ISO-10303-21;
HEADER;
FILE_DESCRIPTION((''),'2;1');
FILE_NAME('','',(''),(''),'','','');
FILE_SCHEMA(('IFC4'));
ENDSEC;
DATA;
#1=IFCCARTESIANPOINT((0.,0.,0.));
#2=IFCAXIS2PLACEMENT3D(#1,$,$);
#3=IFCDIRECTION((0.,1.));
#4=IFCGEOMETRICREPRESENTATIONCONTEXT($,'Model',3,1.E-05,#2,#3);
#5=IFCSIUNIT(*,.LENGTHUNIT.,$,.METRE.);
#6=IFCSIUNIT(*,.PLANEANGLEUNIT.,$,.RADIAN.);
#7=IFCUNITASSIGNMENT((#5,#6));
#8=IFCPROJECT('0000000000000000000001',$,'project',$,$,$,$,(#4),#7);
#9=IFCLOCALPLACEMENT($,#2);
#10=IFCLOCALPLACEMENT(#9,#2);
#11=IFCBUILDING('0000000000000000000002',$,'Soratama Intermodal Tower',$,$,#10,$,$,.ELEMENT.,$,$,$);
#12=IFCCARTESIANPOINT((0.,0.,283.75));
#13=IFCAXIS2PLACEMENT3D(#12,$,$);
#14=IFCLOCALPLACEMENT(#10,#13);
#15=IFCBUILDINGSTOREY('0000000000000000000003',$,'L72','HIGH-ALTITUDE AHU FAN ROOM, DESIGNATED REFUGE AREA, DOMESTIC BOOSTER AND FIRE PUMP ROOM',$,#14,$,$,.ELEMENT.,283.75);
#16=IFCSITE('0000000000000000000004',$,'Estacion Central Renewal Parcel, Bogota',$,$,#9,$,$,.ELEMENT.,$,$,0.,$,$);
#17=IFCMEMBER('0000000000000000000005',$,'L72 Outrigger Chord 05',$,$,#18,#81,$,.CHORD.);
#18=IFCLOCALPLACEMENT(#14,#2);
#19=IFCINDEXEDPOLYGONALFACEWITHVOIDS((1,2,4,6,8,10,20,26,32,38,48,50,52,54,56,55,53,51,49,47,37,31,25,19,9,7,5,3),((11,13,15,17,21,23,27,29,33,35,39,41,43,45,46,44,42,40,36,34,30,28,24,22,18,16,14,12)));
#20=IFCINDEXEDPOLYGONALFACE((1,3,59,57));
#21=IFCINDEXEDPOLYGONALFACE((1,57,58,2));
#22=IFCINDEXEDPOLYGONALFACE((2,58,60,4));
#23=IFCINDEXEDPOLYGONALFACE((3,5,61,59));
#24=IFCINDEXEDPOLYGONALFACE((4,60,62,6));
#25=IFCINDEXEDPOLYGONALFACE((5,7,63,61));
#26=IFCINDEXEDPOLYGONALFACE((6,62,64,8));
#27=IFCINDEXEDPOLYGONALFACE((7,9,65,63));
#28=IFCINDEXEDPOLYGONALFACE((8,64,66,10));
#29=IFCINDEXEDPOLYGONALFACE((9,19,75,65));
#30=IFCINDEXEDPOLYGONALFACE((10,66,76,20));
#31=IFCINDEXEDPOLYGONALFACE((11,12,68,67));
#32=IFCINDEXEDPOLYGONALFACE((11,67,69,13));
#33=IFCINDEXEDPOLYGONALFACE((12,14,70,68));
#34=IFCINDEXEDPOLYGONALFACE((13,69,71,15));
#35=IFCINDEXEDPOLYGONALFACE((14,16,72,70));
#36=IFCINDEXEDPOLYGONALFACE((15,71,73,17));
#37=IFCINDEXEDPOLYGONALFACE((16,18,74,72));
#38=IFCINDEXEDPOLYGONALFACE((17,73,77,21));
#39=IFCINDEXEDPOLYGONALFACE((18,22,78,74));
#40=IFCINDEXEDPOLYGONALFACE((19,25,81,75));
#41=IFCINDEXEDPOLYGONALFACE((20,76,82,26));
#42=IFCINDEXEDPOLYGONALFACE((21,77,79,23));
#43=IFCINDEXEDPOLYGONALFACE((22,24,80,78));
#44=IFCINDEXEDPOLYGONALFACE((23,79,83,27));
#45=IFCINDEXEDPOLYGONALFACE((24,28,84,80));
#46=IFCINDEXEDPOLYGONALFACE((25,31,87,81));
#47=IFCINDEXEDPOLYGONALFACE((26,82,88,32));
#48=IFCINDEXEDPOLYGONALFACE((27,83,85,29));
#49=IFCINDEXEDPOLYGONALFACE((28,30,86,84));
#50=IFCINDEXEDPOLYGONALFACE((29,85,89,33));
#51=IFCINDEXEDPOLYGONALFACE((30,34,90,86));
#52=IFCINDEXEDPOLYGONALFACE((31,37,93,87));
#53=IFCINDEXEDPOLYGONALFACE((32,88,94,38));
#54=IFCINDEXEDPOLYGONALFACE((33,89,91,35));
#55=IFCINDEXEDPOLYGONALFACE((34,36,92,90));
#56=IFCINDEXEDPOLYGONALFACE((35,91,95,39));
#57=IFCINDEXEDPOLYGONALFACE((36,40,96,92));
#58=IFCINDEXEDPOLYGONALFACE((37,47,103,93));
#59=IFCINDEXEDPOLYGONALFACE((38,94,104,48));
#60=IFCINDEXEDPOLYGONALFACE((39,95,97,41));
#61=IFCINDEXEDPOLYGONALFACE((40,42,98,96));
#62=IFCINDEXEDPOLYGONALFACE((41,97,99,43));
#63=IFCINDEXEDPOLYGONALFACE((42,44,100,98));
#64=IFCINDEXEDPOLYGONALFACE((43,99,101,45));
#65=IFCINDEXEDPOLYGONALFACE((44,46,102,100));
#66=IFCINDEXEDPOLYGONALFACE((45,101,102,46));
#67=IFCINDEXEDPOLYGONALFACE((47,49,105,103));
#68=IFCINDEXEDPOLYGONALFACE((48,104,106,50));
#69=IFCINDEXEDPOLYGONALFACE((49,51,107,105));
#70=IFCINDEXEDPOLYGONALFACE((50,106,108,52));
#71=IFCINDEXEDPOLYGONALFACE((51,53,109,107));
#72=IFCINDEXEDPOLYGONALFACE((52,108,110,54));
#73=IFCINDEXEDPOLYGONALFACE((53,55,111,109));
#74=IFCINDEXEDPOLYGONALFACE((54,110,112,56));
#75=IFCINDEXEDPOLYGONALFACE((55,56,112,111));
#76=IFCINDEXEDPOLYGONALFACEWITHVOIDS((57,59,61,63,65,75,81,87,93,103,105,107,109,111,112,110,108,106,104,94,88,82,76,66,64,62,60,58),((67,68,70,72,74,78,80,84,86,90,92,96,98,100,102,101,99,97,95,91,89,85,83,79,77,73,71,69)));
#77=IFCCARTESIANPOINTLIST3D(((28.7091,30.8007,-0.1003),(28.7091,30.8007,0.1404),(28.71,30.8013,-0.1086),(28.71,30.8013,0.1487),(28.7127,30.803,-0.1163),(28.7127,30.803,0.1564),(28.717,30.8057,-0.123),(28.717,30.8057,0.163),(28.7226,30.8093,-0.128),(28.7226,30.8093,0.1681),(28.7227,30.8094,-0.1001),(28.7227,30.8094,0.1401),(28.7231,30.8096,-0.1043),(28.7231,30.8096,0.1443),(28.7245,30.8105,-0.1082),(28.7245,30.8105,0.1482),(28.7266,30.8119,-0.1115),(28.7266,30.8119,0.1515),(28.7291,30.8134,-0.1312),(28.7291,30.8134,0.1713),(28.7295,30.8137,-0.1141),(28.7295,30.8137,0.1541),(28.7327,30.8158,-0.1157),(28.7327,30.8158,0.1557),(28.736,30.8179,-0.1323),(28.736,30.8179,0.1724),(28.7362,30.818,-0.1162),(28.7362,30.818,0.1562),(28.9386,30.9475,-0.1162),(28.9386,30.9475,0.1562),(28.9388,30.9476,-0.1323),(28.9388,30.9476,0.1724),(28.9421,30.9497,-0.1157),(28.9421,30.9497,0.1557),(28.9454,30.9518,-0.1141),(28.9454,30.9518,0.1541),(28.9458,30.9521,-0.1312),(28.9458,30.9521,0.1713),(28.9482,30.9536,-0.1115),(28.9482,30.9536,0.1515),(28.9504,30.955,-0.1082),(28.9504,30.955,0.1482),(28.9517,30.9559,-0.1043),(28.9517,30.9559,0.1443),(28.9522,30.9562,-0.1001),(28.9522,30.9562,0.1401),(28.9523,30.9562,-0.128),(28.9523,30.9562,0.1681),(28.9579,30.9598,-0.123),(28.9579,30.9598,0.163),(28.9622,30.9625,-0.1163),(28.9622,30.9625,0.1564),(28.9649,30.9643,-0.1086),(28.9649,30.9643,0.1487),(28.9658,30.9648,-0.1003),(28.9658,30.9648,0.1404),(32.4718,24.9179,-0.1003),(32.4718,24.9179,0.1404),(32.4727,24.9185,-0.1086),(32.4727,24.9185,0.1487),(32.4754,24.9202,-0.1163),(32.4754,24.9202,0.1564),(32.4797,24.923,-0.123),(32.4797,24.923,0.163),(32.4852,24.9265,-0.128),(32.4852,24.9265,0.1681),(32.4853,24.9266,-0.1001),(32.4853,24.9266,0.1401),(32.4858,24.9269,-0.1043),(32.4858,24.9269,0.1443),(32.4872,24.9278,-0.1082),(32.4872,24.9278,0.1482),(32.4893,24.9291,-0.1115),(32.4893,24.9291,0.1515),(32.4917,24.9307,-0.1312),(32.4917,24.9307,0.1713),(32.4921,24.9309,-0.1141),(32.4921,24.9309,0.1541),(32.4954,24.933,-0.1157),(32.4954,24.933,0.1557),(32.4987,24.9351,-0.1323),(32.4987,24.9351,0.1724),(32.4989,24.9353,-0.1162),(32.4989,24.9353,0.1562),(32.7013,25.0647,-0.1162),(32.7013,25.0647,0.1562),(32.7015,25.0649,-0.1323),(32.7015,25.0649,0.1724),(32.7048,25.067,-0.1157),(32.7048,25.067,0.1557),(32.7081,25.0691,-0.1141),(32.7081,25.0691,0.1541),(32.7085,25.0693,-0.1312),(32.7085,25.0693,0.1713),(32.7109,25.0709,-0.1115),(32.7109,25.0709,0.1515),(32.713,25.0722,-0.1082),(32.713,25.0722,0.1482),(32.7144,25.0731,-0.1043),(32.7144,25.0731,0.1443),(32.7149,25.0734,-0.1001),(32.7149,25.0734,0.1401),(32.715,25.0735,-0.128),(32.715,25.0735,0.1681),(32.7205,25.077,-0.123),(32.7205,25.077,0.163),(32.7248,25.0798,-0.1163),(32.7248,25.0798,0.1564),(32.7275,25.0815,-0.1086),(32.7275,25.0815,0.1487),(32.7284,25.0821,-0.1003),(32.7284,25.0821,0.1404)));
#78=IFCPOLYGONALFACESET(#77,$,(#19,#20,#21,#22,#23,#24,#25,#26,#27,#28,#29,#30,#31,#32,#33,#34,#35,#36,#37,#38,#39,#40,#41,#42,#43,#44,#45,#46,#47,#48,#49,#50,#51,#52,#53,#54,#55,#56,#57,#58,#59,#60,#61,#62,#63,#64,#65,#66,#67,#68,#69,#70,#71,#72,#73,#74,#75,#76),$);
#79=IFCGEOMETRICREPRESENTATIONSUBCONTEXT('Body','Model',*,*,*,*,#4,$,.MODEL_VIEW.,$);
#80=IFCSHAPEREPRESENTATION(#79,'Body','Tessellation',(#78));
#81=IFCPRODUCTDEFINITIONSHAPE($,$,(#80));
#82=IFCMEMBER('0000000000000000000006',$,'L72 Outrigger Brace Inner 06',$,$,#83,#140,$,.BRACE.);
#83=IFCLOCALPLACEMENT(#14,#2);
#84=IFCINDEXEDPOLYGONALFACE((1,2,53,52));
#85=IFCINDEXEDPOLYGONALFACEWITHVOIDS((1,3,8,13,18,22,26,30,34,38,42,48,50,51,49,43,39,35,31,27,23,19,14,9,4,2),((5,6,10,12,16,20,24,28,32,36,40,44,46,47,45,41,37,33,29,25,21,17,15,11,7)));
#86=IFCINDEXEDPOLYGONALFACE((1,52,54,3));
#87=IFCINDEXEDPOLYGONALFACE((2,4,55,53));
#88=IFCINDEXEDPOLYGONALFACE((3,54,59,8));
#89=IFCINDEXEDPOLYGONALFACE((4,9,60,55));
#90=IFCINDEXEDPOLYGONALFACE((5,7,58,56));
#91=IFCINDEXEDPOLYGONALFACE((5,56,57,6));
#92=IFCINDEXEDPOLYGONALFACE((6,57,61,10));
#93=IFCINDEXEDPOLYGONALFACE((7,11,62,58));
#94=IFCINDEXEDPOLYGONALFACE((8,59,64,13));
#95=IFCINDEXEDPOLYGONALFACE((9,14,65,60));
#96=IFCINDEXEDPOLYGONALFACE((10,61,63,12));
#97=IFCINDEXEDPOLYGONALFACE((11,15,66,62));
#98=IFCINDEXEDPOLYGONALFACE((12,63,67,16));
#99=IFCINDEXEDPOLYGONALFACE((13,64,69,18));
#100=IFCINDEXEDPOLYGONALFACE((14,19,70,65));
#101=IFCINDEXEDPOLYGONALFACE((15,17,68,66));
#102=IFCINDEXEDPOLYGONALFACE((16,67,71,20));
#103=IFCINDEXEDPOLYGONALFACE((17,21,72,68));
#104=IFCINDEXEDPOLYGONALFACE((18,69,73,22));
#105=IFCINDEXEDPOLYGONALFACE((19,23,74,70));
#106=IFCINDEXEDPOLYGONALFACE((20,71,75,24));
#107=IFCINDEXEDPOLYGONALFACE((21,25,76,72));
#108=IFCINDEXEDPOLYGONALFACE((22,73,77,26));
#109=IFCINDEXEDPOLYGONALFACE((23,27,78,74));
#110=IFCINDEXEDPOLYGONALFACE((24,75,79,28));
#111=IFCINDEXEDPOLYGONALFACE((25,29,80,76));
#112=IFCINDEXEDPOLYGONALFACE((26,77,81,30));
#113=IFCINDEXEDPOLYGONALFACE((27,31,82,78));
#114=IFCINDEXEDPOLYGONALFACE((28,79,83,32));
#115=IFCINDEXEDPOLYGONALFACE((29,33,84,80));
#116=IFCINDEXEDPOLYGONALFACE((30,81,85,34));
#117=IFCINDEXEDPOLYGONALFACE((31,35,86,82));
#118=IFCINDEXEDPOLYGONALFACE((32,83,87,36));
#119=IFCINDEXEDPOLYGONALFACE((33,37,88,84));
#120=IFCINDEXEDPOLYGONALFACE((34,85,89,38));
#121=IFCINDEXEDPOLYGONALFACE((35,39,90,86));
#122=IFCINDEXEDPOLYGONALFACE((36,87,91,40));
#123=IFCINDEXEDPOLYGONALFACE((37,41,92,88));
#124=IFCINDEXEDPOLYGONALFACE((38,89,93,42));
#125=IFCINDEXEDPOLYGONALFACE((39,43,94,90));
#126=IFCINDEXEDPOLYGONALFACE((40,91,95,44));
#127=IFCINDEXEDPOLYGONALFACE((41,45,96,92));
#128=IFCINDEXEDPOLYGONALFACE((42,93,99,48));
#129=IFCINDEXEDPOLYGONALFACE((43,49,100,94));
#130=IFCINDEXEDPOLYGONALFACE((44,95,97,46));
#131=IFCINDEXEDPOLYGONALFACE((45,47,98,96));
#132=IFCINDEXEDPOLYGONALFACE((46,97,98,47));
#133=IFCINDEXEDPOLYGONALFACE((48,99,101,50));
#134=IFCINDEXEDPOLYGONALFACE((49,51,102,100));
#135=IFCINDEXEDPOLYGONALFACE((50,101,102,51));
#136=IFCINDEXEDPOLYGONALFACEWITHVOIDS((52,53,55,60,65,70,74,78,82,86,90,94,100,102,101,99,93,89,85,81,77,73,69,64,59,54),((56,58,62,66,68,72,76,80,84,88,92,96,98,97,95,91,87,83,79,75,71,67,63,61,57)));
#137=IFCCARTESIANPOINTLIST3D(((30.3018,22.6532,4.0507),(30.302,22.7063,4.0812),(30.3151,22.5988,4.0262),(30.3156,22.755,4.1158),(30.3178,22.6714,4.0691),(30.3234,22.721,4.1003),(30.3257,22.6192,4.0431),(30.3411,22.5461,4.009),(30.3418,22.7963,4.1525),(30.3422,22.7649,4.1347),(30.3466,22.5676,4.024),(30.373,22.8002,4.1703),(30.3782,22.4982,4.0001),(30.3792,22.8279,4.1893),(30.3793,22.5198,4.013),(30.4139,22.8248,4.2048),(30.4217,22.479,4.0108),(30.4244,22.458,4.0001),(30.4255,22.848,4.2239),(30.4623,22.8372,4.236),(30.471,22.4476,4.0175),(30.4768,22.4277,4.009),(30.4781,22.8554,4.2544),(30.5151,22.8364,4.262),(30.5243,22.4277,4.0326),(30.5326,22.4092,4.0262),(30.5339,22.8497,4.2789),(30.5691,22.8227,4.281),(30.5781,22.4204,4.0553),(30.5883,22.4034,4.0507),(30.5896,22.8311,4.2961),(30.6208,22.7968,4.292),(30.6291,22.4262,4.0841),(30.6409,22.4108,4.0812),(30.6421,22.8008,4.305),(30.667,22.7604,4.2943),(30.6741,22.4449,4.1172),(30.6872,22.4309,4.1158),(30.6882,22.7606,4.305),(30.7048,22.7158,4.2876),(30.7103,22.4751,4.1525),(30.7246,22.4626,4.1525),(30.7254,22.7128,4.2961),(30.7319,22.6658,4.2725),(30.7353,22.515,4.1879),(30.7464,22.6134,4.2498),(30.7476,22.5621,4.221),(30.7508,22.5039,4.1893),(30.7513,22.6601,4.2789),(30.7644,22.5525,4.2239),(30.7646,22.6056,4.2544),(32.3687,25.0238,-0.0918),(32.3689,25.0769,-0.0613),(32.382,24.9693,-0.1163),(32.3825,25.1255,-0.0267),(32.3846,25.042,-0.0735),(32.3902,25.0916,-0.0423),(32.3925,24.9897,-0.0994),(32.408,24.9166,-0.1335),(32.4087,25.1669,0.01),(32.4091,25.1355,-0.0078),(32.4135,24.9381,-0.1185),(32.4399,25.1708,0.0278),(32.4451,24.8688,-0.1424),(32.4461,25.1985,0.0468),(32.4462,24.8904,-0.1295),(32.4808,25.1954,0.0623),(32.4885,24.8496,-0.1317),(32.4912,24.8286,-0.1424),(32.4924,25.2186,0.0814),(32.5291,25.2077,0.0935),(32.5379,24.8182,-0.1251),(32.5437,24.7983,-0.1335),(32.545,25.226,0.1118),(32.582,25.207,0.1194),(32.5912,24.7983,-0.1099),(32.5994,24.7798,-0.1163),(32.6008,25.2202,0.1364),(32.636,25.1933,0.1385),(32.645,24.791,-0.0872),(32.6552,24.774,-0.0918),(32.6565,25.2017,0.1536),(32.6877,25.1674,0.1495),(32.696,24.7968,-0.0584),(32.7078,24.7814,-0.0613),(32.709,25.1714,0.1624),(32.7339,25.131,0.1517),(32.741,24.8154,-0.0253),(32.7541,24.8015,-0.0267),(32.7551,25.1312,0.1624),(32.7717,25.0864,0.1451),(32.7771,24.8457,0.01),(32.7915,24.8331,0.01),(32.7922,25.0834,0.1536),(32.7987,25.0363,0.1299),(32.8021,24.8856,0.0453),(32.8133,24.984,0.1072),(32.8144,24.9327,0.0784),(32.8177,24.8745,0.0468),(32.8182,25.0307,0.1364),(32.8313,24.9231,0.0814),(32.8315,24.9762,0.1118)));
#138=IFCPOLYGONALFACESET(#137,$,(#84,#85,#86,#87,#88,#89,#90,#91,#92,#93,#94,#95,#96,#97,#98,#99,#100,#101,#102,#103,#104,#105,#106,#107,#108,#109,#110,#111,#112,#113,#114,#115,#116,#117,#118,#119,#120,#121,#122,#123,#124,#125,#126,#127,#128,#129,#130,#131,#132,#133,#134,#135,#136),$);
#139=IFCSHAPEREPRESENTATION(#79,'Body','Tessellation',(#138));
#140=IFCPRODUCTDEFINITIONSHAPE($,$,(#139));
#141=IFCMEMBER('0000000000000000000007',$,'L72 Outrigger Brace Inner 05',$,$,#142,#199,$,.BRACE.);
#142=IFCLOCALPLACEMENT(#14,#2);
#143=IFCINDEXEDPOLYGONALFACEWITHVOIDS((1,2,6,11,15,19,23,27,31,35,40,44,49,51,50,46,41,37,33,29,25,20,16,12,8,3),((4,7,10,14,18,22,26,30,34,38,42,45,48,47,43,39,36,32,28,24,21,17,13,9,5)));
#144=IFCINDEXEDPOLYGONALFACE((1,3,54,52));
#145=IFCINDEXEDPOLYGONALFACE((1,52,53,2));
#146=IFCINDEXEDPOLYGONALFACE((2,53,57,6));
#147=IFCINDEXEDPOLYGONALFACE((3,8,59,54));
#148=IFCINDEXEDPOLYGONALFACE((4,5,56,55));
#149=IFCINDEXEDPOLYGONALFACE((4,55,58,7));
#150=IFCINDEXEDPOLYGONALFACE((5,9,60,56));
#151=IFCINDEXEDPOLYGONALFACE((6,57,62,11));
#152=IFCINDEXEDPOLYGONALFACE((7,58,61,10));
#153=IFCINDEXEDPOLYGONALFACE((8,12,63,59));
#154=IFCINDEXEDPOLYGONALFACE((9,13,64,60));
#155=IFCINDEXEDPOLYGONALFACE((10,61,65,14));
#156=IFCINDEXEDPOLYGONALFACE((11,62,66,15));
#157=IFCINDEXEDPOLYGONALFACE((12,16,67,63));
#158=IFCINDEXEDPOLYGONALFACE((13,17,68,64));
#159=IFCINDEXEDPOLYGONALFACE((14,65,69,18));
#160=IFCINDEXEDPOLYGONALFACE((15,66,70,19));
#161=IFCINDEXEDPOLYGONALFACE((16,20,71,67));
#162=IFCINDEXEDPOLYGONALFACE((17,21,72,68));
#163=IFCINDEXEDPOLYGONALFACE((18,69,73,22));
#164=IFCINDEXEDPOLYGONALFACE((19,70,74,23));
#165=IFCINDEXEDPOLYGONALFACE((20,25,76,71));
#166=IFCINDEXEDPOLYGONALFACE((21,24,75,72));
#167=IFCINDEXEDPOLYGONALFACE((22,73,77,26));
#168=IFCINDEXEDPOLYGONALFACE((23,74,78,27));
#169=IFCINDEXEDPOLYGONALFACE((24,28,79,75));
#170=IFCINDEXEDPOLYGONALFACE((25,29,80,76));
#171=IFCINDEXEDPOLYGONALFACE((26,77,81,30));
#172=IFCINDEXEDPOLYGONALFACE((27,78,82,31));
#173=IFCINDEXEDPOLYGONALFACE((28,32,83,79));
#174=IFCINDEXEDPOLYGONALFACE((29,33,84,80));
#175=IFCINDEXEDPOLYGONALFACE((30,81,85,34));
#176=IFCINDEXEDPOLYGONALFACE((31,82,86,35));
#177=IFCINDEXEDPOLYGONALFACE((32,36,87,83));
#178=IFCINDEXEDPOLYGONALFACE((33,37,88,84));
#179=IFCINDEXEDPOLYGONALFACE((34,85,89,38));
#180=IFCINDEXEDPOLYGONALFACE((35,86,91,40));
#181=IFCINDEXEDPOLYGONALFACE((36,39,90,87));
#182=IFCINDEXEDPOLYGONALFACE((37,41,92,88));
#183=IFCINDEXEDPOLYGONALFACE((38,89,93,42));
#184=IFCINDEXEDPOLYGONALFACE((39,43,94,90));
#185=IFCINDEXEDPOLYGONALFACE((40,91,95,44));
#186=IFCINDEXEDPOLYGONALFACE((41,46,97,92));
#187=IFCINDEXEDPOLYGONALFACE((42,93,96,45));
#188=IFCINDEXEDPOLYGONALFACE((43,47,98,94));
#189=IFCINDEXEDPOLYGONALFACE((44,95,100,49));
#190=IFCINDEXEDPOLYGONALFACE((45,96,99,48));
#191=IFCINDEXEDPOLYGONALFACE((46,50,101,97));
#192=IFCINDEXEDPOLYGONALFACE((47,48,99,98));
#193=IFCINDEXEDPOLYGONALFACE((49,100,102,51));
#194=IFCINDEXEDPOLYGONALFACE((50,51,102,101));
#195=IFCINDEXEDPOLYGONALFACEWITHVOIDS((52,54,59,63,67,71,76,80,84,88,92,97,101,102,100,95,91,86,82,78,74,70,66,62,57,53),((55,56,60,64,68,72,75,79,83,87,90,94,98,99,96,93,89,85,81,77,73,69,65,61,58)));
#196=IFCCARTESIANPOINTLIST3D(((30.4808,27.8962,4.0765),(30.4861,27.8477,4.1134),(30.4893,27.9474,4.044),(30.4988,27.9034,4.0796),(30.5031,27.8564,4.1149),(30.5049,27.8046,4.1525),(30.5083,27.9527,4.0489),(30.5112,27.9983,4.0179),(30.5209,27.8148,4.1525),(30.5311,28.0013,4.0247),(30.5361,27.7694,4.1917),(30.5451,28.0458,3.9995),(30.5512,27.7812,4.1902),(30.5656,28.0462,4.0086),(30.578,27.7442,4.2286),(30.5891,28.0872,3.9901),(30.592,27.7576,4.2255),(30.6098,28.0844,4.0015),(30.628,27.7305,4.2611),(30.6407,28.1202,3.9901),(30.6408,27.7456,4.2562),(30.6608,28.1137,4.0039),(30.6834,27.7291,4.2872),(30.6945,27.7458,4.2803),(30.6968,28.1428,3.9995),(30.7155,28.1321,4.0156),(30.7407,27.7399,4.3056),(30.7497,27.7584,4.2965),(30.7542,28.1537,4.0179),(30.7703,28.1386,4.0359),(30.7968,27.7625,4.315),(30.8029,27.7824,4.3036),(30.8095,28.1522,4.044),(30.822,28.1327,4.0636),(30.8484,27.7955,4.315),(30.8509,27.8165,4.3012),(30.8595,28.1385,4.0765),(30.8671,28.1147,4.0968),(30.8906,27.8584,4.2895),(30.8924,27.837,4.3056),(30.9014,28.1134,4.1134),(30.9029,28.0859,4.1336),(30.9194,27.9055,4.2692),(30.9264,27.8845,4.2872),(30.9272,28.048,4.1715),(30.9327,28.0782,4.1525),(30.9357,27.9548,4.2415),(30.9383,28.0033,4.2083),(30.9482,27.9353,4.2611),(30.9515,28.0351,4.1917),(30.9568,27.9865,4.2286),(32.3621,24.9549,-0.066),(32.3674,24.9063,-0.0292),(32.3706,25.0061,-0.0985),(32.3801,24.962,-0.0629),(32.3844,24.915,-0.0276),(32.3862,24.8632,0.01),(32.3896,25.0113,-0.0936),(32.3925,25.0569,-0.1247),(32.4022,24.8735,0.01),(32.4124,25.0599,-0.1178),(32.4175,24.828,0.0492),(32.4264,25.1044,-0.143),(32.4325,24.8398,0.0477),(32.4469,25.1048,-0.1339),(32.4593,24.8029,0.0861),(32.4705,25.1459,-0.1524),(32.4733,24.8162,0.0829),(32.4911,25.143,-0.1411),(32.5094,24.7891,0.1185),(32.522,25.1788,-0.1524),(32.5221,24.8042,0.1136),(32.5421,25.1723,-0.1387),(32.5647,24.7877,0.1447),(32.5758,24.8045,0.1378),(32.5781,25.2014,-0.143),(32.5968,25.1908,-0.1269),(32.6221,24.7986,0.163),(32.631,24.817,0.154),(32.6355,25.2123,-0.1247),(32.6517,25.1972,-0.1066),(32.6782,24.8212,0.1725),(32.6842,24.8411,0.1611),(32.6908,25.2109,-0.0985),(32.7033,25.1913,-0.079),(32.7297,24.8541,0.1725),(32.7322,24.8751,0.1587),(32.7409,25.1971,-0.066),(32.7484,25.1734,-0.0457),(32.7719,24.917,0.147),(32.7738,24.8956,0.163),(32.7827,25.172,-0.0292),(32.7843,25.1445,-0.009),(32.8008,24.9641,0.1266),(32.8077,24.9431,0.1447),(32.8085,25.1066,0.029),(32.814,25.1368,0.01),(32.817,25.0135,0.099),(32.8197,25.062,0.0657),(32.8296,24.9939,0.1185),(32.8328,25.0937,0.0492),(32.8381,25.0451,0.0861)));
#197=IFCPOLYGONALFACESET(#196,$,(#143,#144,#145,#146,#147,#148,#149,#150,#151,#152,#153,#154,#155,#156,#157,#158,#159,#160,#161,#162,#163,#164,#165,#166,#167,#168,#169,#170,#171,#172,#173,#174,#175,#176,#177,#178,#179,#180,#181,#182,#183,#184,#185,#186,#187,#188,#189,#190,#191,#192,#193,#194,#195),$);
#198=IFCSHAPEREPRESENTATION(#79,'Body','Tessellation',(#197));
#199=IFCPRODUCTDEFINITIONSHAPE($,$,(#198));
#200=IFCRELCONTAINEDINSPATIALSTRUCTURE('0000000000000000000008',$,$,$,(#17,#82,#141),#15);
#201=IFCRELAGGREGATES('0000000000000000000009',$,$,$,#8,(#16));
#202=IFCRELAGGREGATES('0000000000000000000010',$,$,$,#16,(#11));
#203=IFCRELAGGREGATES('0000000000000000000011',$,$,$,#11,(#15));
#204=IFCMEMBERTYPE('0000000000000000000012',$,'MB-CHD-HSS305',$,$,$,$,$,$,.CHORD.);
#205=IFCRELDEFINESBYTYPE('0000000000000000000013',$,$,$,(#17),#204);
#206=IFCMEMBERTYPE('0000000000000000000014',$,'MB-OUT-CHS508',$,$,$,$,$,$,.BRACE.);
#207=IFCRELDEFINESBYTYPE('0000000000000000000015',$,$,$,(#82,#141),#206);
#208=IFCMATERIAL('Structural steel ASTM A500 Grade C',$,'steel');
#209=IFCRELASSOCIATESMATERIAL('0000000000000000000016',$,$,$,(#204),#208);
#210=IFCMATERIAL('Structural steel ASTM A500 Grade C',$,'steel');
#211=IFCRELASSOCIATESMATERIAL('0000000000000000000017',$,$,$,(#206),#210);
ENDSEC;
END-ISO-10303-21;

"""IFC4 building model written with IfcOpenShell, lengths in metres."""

from ifc_helpers import new_model, si_unit, direction, frame, origin, origin_2d, place, context, subcontext, project, spatial, hollow_rectangle, hollow_circle, extrude, material, material_profile, profile_set, type_object, element, save


model = new_model("IFC4")

# Units and contexts
model_context = context("Model", 3, precision=1e-05, world=origin(), true_north=direction((0.0, 1.0)))
body_context = subcontext(model_context, "Body", "Model", "MODEL_VIEW")
ifc_project = project(units=[si_unit("LENGTHUNIT", "METRE"), si_unit("PLANEANGLEUNIT", "RADIAN")], contexts=[model_context])

# Site, building, storey
site_placement = place(None, origin())
site = spatial("IfcSite", under=ifc_project, at=site_placement, Name="Estacion Central Renewal Parcel, Bogota", CompositionType="ELEMENT", RefElevation=0.0)
building_placement = place(site_placement, origin())
building = spatial("IfcBuilding", under=site, at=building_placement, Name="Soratama Intermodal Tower", CompositionType="ELEMENT")
storey_placement = place(building_placement, frame((0.0, 0.0, 283.75)))
storey = spatial("IfcBuildingStorey", under=building, at=storey_placement, Name="L72", Description="HIGH-ALTITUDE AHU FAN ROOM, DESIGNATED REFUGE AREA, DOMESTIC BOOSTER AND FIRE PUMP ROOM", CompositionType="ELEMENT", Elevation=283.75)

# Members
ifc_material_1 = material(Name="Structural steel ASTM A500 Grade C", Category="steel")
ifc_material_profile_1 = material_profile(ifc_material_1, hollow_rectangle(XDim=0.3047, YDim=0.3047, WallThickness=0.0161, InnerFilletRadius=0.0161, OuterFilletRadius=0.032, at=origin_2d()), Name="HSS305X305X16")
ifc_profile_set_1 = profile_set([ifc_material_profile_1], Name="Structural steel ASTM A500 Grade C")
member_type_1 = type_object("IfcMemberType", Name="MB-CHD-HSS305", PredefinedType="CHORD", material=ifc_profile_set_1)
member_1_placement = place(storey_placement, frame((32.6001, 25.0, 0.02), z_axis=(-0.53882, 0.842421, 0.0), x_axis=(-0.842421, -0.53882, 0.0)))
element("IfcMember", 1, at=member_1_placement, inside=storey, type_object=member_type_1, Name="L72 Outrigger Chord 05", PredefinedType="CHORD", context=body_context, shape_type="SweptSolid", body=[
    extrude(hollow_rectangle(XDim=0.3047, YDim=0.3047, WallThickness=0.0161, InnerFilletRadius=0.0161, OuterFilletRadius=0.032, at=origin_2d()), origin(), (0.0, 0.0, 1.0), 6.9832),
])
ifc_material_2 = material(Name="Structural steel ASTM A500 Grade C", Category="steel")
ifc_material_profile_2 = material_profile(ifc_material_2, hollow_circle(Radius=0.2539, WallThickness=0.019, at=origin_2d()), Name="CHS508X19")
ifc_profile_set_2 = profile_set([ifc_material_profile_2], Name="Structural steel ASTM A500 Grade C")
member_type_2 = type_object("IfcMemberType", Name="MB-OUT-CHS508", PredefinedType="BRACE", material=ifc_profile_set_2)
member_2_placement = place(storey_placement, frame((32.6001, 25.0, 0.01), z_axis=(-0.397386, -0.455778, 0.796461), x_axis=(0.753739, -0.657174, 0.0)))
element("IfcMember", 2, at=member_2_placement, inside=storey, type_object=member_type_2, Name="L72 Outrigger Brace Inner 06", PredefinedType="BRACE", context=body_context, shape_type="SweptSolid", body=[
    extrude(hollow_circle(Radius=0.2539, WallThickness=0.019, at=origin_2d()), origin(), (0.0, 0.0, 1.0), 5.2012),
])
member_3_placement = place(storey_placement, frame((32.6001, 25.0, 0.01), z_axis=(-0.347255, 0.542918, 0.764627), x_axis=(-0.842421, -0.53882, 0.0)))
element("IfcMember", 3, at=member_3_placement, inside=storey, type_object=member_type_2, Name="L72 Outrigger Brace Inner 05", PredefinedType="BRACE", context=body_context, shape_type="SweptSolid", body=[
    extrude(hollow_circle(Radius=0.2539, WallThickness=0.019, at=origin_2d()), origin(), (0.0, 0.0, 1.0), 5.4177),
])

save(model, "model.ifc")
